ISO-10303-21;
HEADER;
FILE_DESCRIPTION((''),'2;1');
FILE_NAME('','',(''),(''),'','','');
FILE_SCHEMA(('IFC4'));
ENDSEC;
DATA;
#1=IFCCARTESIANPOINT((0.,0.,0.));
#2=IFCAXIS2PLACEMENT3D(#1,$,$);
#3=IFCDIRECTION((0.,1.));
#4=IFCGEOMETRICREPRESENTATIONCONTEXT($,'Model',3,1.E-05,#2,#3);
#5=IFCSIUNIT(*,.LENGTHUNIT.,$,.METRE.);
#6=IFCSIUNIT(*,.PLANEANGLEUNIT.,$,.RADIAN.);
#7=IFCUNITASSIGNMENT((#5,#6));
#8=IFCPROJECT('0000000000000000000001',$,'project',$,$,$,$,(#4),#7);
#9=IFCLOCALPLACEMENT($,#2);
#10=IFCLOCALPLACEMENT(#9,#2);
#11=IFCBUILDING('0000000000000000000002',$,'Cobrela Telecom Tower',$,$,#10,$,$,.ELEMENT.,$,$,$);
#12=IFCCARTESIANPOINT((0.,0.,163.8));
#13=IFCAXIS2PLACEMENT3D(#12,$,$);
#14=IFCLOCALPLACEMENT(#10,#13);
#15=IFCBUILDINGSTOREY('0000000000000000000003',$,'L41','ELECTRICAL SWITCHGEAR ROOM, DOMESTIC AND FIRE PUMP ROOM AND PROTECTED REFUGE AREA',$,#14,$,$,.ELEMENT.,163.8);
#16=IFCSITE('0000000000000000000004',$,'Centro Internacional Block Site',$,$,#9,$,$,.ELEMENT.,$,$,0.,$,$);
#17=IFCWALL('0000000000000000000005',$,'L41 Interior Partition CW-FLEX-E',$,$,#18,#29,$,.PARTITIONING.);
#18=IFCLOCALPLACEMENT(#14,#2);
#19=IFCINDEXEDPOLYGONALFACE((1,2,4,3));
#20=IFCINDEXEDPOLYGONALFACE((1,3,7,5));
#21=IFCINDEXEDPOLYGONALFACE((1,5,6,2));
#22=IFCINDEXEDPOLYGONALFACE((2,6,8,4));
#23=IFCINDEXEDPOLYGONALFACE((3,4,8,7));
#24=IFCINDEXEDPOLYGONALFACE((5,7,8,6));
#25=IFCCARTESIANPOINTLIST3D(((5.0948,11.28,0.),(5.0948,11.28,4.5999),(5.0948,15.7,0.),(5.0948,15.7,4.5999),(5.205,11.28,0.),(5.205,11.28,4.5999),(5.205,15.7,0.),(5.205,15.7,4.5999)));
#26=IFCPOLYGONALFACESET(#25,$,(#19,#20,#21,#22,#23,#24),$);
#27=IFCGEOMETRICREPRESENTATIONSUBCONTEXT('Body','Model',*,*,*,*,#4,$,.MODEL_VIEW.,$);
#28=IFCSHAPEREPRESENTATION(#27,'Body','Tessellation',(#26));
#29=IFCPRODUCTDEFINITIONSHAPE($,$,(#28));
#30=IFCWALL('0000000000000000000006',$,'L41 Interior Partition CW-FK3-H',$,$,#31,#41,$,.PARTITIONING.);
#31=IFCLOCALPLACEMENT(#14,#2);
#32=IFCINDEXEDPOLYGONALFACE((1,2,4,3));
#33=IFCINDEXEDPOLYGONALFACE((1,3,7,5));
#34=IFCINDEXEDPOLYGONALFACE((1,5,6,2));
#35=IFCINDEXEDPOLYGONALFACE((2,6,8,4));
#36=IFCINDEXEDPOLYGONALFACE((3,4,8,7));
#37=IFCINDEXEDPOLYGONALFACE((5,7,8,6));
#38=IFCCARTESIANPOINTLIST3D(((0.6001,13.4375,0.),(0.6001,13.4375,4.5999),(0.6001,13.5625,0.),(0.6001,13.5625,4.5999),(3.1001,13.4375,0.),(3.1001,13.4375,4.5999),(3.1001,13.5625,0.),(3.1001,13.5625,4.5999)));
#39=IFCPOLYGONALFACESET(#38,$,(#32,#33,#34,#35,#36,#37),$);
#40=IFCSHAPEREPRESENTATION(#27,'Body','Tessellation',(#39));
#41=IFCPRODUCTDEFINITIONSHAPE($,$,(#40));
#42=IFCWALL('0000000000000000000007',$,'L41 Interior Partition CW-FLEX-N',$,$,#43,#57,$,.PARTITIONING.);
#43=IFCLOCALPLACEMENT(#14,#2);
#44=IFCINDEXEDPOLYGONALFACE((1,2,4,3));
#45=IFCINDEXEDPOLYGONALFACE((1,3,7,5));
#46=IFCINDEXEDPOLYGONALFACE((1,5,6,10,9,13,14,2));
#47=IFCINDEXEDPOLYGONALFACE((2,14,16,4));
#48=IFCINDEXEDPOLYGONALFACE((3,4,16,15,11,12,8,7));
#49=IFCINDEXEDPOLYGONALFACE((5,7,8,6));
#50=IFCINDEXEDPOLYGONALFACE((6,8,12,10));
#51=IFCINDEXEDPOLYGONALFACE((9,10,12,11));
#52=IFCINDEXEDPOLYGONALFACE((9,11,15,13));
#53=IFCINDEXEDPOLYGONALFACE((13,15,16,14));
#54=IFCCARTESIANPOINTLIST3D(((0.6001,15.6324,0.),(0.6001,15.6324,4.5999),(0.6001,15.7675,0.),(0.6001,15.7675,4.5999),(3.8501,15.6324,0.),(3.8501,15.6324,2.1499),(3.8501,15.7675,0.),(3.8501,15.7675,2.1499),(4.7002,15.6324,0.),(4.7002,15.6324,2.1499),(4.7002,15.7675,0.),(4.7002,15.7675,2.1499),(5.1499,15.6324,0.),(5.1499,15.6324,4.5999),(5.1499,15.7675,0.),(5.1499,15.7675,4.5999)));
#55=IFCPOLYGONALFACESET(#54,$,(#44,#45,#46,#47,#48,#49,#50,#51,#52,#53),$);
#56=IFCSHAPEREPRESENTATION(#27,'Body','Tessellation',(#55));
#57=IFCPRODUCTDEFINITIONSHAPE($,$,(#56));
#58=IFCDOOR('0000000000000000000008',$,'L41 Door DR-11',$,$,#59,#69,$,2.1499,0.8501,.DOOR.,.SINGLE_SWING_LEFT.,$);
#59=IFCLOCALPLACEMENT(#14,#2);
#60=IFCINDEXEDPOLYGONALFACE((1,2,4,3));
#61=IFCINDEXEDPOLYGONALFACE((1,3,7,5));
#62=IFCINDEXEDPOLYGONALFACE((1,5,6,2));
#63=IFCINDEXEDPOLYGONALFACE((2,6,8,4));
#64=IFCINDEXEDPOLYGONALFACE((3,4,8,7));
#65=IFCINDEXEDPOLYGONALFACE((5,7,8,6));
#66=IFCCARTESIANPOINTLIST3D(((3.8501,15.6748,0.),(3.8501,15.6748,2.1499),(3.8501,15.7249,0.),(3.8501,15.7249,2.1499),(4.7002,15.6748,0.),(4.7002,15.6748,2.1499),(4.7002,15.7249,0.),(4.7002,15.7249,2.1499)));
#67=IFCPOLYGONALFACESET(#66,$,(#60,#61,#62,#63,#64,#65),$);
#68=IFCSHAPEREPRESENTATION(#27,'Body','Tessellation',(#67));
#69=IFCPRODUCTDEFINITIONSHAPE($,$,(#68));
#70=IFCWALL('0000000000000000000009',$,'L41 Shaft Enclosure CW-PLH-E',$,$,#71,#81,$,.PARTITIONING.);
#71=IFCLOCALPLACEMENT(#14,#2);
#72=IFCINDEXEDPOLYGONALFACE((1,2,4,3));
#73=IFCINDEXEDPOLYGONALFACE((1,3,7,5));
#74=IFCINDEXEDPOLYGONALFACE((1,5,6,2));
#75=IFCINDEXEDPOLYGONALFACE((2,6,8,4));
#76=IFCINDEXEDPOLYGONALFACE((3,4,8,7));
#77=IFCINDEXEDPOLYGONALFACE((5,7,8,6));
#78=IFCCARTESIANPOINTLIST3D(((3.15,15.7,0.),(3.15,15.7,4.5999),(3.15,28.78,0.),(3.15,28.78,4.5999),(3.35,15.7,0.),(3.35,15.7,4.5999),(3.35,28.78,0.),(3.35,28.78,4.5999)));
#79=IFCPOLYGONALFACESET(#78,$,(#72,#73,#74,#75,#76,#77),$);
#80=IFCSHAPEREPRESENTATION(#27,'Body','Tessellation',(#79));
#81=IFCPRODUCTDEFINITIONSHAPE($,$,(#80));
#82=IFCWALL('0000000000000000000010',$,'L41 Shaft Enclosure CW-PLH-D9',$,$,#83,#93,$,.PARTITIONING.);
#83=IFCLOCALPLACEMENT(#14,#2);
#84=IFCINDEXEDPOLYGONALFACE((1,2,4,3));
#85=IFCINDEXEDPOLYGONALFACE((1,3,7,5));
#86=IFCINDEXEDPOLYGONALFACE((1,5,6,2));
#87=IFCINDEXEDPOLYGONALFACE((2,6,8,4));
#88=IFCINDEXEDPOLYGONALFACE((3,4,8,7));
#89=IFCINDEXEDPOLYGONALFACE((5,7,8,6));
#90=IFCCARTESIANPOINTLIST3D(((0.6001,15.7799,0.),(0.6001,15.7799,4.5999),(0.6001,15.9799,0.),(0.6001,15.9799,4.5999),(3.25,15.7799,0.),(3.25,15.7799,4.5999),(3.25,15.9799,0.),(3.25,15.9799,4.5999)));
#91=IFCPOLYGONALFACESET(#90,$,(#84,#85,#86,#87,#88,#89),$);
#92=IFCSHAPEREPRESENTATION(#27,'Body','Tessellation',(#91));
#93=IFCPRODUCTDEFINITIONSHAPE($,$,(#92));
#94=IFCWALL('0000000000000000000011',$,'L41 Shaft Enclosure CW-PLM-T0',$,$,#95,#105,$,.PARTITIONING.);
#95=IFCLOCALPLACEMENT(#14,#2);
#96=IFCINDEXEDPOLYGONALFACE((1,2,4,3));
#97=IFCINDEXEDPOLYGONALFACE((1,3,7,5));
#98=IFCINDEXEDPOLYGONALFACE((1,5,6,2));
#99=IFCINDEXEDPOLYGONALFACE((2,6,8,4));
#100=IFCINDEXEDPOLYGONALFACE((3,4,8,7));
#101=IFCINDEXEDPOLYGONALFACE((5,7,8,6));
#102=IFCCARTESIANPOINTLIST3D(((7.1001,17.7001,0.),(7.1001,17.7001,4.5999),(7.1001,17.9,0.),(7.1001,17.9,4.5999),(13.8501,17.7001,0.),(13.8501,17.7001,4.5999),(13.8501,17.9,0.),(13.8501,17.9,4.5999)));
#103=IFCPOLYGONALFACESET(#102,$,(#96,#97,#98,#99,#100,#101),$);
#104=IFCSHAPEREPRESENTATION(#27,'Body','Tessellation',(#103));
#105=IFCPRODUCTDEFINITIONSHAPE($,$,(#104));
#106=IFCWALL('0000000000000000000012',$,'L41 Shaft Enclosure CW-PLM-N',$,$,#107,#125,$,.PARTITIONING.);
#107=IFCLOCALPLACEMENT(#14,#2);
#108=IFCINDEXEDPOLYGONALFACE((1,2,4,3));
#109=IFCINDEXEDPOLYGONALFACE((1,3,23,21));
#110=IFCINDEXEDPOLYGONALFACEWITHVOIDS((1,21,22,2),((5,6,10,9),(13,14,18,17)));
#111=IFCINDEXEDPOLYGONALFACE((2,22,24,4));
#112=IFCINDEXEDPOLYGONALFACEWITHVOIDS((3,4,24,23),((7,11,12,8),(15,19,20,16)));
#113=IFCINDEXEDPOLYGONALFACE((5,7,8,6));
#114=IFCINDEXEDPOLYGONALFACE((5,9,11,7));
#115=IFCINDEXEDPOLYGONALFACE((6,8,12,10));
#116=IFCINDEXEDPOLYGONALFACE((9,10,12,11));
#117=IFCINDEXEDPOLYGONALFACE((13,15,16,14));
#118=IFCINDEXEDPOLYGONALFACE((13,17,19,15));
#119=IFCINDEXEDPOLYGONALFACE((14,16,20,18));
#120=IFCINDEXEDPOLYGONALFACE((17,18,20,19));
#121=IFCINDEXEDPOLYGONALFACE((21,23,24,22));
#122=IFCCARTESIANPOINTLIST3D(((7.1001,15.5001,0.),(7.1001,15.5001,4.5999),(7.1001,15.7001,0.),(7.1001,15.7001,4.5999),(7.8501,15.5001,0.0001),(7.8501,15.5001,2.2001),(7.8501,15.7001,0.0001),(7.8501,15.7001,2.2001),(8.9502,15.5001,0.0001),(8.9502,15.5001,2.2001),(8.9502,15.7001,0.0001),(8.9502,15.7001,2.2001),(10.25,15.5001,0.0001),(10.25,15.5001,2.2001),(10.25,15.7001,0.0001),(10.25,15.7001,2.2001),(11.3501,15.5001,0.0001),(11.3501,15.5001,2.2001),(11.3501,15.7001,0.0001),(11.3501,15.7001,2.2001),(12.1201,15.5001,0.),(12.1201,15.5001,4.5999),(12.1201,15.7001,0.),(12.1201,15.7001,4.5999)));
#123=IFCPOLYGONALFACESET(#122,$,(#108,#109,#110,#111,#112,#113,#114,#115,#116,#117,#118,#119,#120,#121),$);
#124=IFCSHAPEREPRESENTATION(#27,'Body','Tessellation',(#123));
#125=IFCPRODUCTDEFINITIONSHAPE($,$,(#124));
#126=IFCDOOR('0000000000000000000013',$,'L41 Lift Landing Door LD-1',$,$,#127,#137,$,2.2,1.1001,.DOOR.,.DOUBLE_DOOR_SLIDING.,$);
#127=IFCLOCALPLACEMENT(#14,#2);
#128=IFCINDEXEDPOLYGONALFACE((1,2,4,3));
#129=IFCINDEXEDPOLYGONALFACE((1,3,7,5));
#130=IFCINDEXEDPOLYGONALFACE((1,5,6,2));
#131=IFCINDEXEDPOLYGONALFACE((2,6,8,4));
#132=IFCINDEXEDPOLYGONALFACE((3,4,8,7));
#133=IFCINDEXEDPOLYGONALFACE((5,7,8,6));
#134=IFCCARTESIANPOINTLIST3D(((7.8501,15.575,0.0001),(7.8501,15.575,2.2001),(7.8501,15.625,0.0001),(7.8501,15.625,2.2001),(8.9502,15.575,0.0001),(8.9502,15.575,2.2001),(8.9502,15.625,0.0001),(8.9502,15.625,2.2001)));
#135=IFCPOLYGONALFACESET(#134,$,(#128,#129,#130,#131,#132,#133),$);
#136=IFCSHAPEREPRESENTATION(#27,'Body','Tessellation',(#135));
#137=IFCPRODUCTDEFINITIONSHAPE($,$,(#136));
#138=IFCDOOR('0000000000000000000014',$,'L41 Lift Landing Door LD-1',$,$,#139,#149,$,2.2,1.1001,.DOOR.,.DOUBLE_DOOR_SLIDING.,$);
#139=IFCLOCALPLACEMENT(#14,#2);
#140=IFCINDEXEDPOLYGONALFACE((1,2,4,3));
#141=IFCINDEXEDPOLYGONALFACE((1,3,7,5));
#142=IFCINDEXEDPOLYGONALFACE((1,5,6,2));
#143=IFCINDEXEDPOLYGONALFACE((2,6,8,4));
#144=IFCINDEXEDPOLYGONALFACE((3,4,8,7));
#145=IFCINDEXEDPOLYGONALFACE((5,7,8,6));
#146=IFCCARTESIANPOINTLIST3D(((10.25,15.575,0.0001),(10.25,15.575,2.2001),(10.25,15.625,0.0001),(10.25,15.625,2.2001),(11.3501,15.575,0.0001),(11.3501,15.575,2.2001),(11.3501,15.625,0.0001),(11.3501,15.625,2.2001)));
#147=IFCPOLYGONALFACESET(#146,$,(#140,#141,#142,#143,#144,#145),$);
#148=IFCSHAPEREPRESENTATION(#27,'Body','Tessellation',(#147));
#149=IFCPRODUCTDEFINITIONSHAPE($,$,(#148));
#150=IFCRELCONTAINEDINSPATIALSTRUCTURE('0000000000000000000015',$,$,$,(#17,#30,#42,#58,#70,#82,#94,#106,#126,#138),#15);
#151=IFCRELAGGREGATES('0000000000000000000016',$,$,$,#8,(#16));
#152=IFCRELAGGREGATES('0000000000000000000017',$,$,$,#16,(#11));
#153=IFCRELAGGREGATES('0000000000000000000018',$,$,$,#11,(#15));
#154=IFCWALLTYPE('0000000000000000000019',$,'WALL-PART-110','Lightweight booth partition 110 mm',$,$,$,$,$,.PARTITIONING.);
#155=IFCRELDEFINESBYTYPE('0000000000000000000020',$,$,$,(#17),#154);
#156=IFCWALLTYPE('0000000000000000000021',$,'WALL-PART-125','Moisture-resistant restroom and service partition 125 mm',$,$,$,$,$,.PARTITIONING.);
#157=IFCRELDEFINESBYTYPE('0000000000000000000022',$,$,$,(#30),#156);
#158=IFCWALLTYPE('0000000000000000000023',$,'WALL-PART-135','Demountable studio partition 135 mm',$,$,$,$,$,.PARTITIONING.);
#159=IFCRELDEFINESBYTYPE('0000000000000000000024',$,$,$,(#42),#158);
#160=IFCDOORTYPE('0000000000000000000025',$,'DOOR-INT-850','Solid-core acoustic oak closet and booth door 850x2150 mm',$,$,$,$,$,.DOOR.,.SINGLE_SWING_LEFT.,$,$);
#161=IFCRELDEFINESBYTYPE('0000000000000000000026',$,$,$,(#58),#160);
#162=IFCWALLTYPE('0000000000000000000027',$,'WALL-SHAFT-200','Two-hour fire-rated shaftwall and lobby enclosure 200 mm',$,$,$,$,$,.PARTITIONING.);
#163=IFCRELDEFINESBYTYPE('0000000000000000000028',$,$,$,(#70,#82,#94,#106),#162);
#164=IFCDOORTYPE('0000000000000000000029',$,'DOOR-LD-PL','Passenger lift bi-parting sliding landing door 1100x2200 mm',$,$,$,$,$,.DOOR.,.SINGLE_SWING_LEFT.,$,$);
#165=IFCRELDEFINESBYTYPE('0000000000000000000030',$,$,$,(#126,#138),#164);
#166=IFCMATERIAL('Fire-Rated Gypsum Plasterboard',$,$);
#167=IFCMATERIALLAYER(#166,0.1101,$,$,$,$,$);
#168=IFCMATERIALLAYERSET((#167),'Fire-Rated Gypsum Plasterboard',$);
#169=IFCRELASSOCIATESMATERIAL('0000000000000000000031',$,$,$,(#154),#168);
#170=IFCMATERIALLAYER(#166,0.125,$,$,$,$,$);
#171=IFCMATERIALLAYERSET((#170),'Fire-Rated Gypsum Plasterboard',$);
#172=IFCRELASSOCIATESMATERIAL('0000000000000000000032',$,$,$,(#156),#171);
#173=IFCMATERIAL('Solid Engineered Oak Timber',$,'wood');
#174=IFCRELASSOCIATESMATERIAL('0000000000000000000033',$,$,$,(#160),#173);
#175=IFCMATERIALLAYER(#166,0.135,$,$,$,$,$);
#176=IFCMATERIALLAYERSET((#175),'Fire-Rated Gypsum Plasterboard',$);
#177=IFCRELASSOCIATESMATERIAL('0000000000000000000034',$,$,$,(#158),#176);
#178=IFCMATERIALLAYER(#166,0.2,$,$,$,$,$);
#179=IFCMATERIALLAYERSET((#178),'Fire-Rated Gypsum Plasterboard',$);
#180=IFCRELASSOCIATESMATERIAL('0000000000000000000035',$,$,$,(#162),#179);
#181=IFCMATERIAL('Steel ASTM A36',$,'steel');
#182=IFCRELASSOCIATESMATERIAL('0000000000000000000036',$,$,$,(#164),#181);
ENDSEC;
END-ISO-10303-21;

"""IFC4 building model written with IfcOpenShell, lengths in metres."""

from ifc_helpers import new_model, si_unit, direction, frame, frame_2d, origin, place, context, subcontext, project, spatial, rectangle, extrude, material, layer, layer_set, type_object, element, fill, save


model = new_model("IFC4")

# Units and contexts
model_context = context("Model", 3, precision=1e-05, world=origin(), true_north=direction((0.0, 1.0)))
body_context = subcontext(model_context, "Body", "Model", "MODEL_VIEW")
ifc_project = project(units=[si_unit("LENGTHUNIT", "METRE"), si_unit("PLANEANGLEUNIT", "RADIAN")], contexts=[model_context])

# Site, building, storey
site_placement = place(None, origin())
site = spatial("IfcSite", under=ifc_project, at=site_placement, Name="Centro Internacional Block Site", CompositionType="ELEMENT", RefElevation=0.0)
building_placement = place(site_placement, origin())
building = spatial("IfcBuilding", under=site, at=building_placement, Name="Cobrela Telecom Tower", CompositionType="ELEMENT")
storey_placement = place(building_placement, frame((0.0, 0.0, 163.8)))
storey = spatial("IfcBuildingStorey", under=building, at=storey_placement, Name="L41", Description="ELECTRICAL SWITCHGEAR ROOM, DOMESTIC AND FIRE PUMP ROOM AND PROTECTED REFUGE AREA", CompositionType="ELEMENT", Elevation=163.8)

# Walls
ifc_material_1 = material(Name="Fire-Rated Gypsum Plasterboard")
ifc_layer_1 = layer(ifc_material_1, 0.1101)
ifc_layer_set_1 = layer_set([ifc_layer_1], Name="Fire-Rated Gypsum Plasterboard")
wall_type_1 = type_object("IfcWallType", Name="WALL-PART-110", Description="Lightweight booth partition 110 mm", PredefinedType="PARTITIONING", material=ifc_layer_set_1)
wall_1_placement = place(storey_placement, frame((5.1499, 11.28, 0.0), z_axis=(0.0, 0.0, 1.0), x_axis=(0.0, 1.0, 0.0)))
element("IfcWall", 1, at=wall_1_placement, inside=storey, type_object=wall_type_1, Name="L41 Interior Partition CW-FLEX-E", PredefinedType="PARTITIONING", context=body_context, shape_type="SweptSolid", body=[
    extrude(rectangle(XDim=4.4199, YDim=0.1101, at=frame_2d((2.21, 0.0))), origin(), (0.0, 0.0, 1.0), 4.5999),
])
ifc_layer_2 = layer(ifc_material_1, 0.125)
ifc_layer_set_2 = layer_set([ifc_layer_2], Name="Fire-Rated Gypsum Plasterboard")
wall_type_2 = type_object("IfcWallType", Name="WALL-PART-125", Description="Moisture-resistant restroom and service partition 125 mm", PredefinedType="PARTITIONING", material=ifc_layer_set_2)
wall_2_placement = place(storey_placement, frame((0.6001, 13.5, 0.0), z_axis=(0.0, 0.0, 1.0), x_axis=(1.0, 0.0, 0.0)))
element("IfcWall", 2, at=wall_2_placement, inside=storey, type_object=wall_type_2, Name="L41 Interior Partition CW-FK3-H", PredefinedType="PARTITIONING", context=body_context, shape_type="SweptSolid", body=[
    extrude(rectangle(XDim=2.5, YDim=0.125, at=frame_2d((1.25, 0.0))), origin(), (0.0, 0.0, 1.0), 4.5999),
])

# Shared definitions
ifc_material_2 = material(Name="Solid Engineered Oak Timber", Category="wood")
door_type_1 = type_object("IfcDoorType", Name="DOOR-INT-850", Description="Solid-core acoustic oak closet and booth door 850x2150 mm", OperationType="SINGLE_SWING_LEFT", PredefinedType="DOOR", material=ifc_material_2)

# Wall, opening, door
ifc_layer_3 = layer(ifc_material_1, 0.135)
ifc_layer_set_3 = layer_set([ifc_layer_3], Name="Fire-Rated Gypsum Plasterboard")
wall_type_3 = type_object("IfcWallType", Name="WALL-PART-135", Description="Demountable studio partition 135 mm", PredefinedType="PARTITIONING", material=ifc_layer_set_3)
wall_3_placement = place(storey_placement, frame((0.6001, 15.7, 0.0), z_axis=(0.0, 0.0, 1.0), x_axis=(1.0, 0.0, 0.0)))
wall_3 = element("IfcWall", 3, at=wall_3_placement, inside=storey, type_object=wall_type_3, Name="L41 Interior Partition CW-FLEX-N", PredefinedType="PARTITIONING", context=body_context, shape_type="SweptSolid", body=[
    extrude(rectangle(XDim=4.5498, YDim=0.135, at=frame_2d((2.2749, 0.0))), origin(), (0.0, 0.0, 1.0), 4.5999),
])
opening_1_placement = place(wall_3_placement, frame((3.25, 0.0, 0.0)))
opening_1 = element("IfcOpeningElement", 4, at=opening_1_placement, cuts=wall_3, PredefinedType="OPENING", context=body_context, shape_type="SweptSolid", body=[
    extrude(rectangle(XDim=0.8501, YDim=2.1499, at=frame_2d((0.425, 1.075))), frame((0.0, 0.0796, 0.0), z_axis=(0.0, -1.0, 0.0), x_axis=(1.0, 0.0, 0.0)), (0.0, 0.0, 1.0), 0.1589),
])
door_1_placement = place(opening_1_placement, origin())
door_1 = element("IfcDoor", 5, at=door_1_placement, inside=storey, type_object=door_type_1, Name="L41 Door DR-11", OperationType="SINGLE_SWING_LEFT", OverallHeight=2.1499, OverallWidth=0.8501, PredefinedType="DOOR", context=body_context, shape_type="SweptSolid", body=[
    extrude(rectangle(XDim=0.8501, YDim=2.1499, at=frame_2d((0.425, 1.075))), frame((0.0, 0.0249, 0.0), z_axis=(0.0, -1.0, 0.0), x_axis=(1.0, 0.0, 0.0)), (0.0, 0.0, 1.0), 0.05),
])
fill(opening_1, door_1)

# Walls
ifc_layer_4 = layer(ifc_material_1, 0.2)
ifc_layer_set_4 = layer_set([ifc_layer_4], Name="Fire-Rated Gypsum Plasterboard")
wall_type_4 = type_object("IfcWallType", Name="WALL-SHAFT-200", Description="Two-hour fire-rated shaftwall and lobby enclosure 200 mm", PredefinedType="PARTITIONING", material=ifc_layer_set_4)
wall_4_placement = place(storey_placement, frame((3.25, 15.7, 0.0), z_axis=(0.0, 0.0, 1.0), x_axis=(0.0, 1.0, 0.0)))
element("IfcWall", 6, at=wall_4_placement, inside=storey, type_object=wall_type_4, Name="L41 Shaft Enclosure CW-PLH-E", PredefinedType="PARTITIONING", context=body_context, shape_type="SweptSolid", body=[
    extrude(rectangle(XDim=13.0801, YDim=0.2, at=frame_2d((6.54, 0.0))), origin(), (0.0, 0.0, 1.0), 4.5999),
])
wall_5_placement = place(storey_placement, frame((0.6001, 15.8799, 0.0), z_axis=(0.0, 0.0, 1.0), x_axis=(1.0, 0.0, 0.0)))
element("IfcWall", 7, at=wall_5_placement, inside=storey, type_object=wall_type_4, Name="L41 Shaft Enclosure CW-PLH-D9", PredefinedType="PARTITIONING", context=body_context, shape_type="SweptSolid", body=[
    extrude(rectangle(XDim=2.6499, YDim=0.2, at=frame_2d((1.325, 0.0))), origin(), (0.0, 0.0, 1.0), 4.5999),
])
wall_6_placement = place(storey_placement, frame((7.1001, 17.8, 0.0), z_axis=(0.0, 0.0, 1.0), x_axis=(1.0, 0.0, 0.0)))
element("IfcWall", 8, at=wall_6_placement, inside=storey, type_object=wall_type_4, Name="L41 Shaft Enclosure CW-PLM-T0", PredefinedType="PARTITIONING", context=body_context, shape_type="SweptSolid", body=[
    extrude(rectangle(XDim=6.75, YDim=0.2, at=frame_2d((3.375, 0.0))), origin(), (0.0, 0.0, 1.0), 4.5999),
])

# Wall, openings, doors
wall_7_placement = place(storey_placement, frame((7.1001, 15.6001, 0.0), z_axis=(0.0, 0.0, 1.0), x_axis=(1.0, 0.0, 0.0)))
wall_7 = element("IfcWall", 9, at=wall_7_placement, inside=storey, type_object=wall_type_4, Name="L41 Shaft Enclosure CW-PLM-N", PredefinedType="PARTITIONING", context=body_context, shape_type="SweptSolid", body=[
    extrude(rectangle(XDim=5.02, YDim=0.2, at=frame_2d((2.51, 0.0))), origin(), (0.0, 0.0, 1.0), 4.5999),
])
opening_2_placement = place(wall_7_placement, frame((0.75, 0.0, 0.0)))
opening_2 = element("IfcOpeningElement", 10, at=opening_2_placement, cuts=wall_7, PredefinedType="OPENING", context=body_context, shape_type="SweptSolid", body=[
    extrude(rectangle(XDim=1.1001, YDim=2.2, at=frame_2d((0.55, 1.1001))), frame((0.0, 0.1118, 0.0), z_axis=(0.0, -1.0, 0.0), x_axis=(1.0, 0.0, 0.0)), (0.0, 0.0, 1.0), 0.2239),
])
opening_3_placement = place(wall_7_placement, frame((3.1499, 0.0, 0.0)))
opening_3 = element("IfcOpeningElement", 11, at=opening_3_placement, cuts=wall_7, PredefinedType="OPENING", context=body_context, shape_type="SweptSolid", body=[
    extrude(rectangle(XDim=1.1001, YDim=2.2, at=frame_2d((0.55, 1.1001))), frame((0.0, 0.1118, 0.0), z_axis=(0.0, -1.0, 0.0), x_axis=(1.0, 0.0, 0.0)), (0.0, 0.0, 1.0), 0.2239),
])
ifc_material_3 = material(Name="Steel ASTM A36", Category="steel")
door_type_2 = type_object("IfcDoorType", Name="DOOR-LD-PL", Description="Passenger lift bi-parting sliding landing door 1100x2200 mm", OperationType="SINGLE_SWING_LEFT", PredefinedType="DOOR", material=ifc_material_3)
door_2_placement = place(opening_2_placement, origin())
door_2 = element("IfcDoor", 12, at=door_2_placement, inside=storey, type_object=door_type_2, Name="L41 Lift Landing Door LD-1", OperationType="DOUBLE_DOOR_SLIDING", OverallHeight=2.2, OverallWidth=1.1001, PredefinedType="DOOR", context=body_context, shape_type="SweptSolid", body=[
    extrude(rectangle(XDim=1.1001, YDim=2.2, at=frame_2d((0.55, 1.1001))), frame((0.0, 0.0249, 0.0), z_axis=(0.0, -1.0, 0.0), x_axis=(1.0, 0.0, 0.0)), (0.0, 0.0, 1.0), 0.05),
])
fill(opening_2, door_2)
door_3_placement = place(opening_3_placement, origin())
door_3 = element("IfcDoor", 13, at=door_3_placement, inside=storey, type_object=door_type_2, Name="L41 Lift Landing Door LD-1", OperationType="DOUBLE_DOOR_SLIDING", OverallHeight=2.2, OverallWidth=1.1001, PredefinedType="DOOR", context=body_context, shape_type="SweptSolid", body=[
    extrude(rectangle(XDim=1.1001, YDim=2.2, at=frame_2d((0.55, 1.1001))), frame((0.0, 0.0249, 0.0), z_axis=(0.0, -1.0, 0.0), x_axis=(1.0, 0.0, 0.0)), (0.0, 0.0, 1.0), 0.05),
])
fill(opening_3, door_3)

save(model, "model.ifc")
